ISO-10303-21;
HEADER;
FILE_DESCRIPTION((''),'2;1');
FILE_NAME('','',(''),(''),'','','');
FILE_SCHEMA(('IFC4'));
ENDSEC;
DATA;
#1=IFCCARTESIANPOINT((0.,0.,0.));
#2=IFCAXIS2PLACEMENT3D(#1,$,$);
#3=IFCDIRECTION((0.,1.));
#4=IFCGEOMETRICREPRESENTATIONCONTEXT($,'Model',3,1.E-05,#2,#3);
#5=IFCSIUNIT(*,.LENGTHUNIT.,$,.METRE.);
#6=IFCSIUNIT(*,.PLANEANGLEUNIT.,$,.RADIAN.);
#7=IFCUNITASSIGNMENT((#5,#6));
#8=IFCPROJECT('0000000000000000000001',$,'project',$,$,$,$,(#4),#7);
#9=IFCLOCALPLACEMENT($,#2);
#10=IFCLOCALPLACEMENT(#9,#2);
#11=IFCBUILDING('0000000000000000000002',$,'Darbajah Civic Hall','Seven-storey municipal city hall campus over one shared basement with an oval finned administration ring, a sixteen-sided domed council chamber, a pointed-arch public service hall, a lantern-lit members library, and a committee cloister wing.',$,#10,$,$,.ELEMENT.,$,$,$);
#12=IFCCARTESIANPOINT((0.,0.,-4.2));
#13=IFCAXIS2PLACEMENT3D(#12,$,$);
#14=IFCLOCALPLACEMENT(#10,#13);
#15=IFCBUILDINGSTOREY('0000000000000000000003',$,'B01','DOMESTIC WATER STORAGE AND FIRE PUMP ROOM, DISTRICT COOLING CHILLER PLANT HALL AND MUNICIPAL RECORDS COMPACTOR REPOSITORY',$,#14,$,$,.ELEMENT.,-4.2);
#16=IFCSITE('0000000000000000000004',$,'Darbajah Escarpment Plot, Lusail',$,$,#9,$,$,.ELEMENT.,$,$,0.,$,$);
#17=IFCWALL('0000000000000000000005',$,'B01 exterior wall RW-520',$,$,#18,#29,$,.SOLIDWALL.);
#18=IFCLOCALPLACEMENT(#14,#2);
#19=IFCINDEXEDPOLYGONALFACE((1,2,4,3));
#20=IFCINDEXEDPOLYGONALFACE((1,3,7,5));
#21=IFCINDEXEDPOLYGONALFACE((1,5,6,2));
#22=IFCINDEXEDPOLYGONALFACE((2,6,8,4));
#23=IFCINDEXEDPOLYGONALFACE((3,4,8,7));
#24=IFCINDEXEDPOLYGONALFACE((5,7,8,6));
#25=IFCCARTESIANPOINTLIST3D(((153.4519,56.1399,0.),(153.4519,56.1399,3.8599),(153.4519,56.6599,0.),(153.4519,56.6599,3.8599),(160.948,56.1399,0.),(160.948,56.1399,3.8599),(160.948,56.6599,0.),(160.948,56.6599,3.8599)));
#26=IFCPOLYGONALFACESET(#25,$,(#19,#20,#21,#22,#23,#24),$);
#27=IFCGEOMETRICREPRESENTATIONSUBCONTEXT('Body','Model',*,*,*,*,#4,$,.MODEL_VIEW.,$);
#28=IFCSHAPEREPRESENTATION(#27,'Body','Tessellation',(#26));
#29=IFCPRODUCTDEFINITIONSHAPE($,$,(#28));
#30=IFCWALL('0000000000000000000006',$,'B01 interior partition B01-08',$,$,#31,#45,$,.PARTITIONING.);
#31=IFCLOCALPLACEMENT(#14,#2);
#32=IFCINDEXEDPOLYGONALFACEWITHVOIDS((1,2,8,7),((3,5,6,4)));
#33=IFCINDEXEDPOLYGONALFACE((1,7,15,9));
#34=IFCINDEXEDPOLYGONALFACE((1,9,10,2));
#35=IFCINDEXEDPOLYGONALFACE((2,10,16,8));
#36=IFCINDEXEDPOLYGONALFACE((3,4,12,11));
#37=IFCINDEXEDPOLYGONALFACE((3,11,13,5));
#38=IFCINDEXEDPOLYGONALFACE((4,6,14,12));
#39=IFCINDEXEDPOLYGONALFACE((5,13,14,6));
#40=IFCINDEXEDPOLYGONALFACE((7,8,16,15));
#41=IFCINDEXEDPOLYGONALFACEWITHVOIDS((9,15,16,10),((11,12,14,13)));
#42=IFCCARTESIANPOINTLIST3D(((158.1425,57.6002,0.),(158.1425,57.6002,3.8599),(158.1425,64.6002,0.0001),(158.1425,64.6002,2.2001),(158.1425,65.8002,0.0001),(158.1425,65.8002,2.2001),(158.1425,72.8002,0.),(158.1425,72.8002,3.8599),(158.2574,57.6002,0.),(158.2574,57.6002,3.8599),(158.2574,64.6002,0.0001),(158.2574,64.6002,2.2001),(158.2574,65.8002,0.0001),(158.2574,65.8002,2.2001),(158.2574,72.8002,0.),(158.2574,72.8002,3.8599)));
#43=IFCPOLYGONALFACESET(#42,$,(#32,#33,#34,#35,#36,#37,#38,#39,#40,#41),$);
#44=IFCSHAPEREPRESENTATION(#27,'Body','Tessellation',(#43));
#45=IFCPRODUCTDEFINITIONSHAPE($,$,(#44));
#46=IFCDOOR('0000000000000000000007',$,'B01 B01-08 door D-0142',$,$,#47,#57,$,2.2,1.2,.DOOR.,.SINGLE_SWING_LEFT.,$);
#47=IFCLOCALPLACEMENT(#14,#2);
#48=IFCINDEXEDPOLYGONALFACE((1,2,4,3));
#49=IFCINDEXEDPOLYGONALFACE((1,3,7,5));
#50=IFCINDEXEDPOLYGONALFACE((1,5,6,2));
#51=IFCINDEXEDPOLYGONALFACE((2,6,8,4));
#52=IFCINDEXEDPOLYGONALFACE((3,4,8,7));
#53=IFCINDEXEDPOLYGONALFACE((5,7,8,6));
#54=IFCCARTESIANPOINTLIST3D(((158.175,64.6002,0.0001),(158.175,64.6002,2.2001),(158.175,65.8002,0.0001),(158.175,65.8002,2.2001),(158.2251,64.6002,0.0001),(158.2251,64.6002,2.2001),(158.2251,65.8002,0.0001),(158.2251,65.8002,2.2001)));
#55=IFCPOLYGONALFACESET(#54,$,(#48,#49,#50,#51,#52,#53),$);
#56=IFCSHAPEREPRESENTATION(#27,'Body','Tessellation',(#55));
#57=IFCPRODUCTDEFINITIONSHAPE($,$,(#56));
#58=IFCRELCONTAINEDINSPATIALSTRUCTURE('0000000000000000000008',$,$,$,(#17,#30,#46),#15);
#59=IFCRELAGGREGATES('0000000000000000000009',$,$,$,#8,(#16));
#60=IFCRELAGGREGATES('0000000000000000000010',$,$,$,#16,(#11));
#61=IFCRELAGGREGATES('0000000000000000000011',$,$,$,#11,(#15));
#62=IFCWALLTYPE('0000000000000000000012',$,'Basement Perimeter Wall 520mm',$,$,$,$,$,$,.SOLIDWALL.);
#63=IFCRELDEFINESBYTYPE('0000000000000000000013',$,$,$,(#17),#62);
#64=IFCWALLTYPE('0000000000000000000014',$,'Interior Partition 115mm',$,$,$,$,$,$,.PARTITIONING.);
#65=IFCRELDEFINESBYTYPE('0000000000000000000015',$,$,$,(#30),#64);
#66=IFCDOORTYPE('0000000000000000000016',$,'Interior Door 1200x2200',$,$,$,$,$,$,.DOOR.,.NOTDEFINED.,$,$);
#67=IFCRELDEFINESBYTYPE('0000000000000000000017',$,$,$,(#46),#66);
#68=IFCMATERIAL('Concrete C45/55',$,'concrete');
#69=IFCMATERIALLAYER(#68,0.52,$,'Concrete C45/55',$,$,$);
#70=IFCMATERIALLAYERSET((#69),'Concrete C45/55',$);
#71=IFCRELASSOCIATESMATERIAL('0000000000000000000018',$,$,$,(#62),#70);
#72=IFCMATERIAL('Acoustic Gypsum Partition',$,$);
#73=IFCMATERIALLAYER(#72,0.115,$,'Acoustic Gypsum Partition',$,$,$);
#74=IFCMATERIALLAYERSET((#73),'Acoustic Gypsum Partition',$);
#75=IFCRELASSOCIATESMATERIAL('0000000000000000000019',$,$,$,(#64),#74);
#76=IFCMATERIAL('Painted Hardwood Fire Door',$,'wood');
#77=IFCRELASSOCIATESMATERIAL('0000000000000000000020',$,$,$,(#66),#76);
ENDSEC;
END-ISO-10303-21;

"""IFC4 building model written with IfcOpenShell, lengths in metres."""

from ifc_helpers import new_model, si_unit, direction, frame, frame_2d, origin, place, context, subcontext, project, spatial, rectangle, extrude, material, layer, layer_set, type_object, element, fill, save


model = new_model("IFC4")

# Units and contexts
model_context = context("Model", 3, precision=1e-05, world=origin(), true_north=direction((0.0, 1.0)))
body_context = subcontext(model_context, "Body", "Model", "MODEL_VIEW")
ifc_project = project(units=[si_unit("LENGTHUNIT", "METRE"), si_unit("PLANEANGLEUNIT", "RADIAN")], contexts=[model_context])

# Site, building, storey
site_placement = place(None, origin())
site = spatial("IfcSite", under=ifc_project, at=site_placement, Name="Darbajah Escarpment Plot, Lusail", CompositionType="ELEMENT", RefElevation=0.0)
building_placement = place(site_placement, origin())
building = spatial("IfcBuilding", under=site, at=building_placement, Name="Darbajah Civic Hall", Description="Seven-storey municipal city hall campus over one shared basement with an oval finned administration ring, a sixteen-sided domed council chamber, a pointed-arch public service hall, a lantern-lit members library, and a committee cloister wing.", CompositionType="ELEMENT")
storey_placement = place(building_placement, frame((0.0, 0.0, -4.2)))
storey = spatial("IfcBuildingStorey", under=building, at=storey_placement, Name="B01", Description="DOMESTIC WATER STORAGE AND FIRE PUMP ROOM, DISTRICT COOLING CHILLER PLANT HALL AND MUNICIPAL RECORDS COMPACTOR REPOSITORY", CompositionType="ELEMENT", Elevation=-4.2)

# Shared definitions
ifc_material_1 = material(Name="Concrete C45/55", Category="concrete")

# Wall
ifc_layer_1 = layer(ifc_material_1, 0.52, Name="Concrete C45/55")
ifc_layer_set_1 = layer_set([ifc_layer_1], Name="Concrete C45/55")
wall_type_1 = type_object("IfcWallType", Name="Basement Perimeter Wall 520mm", PredefinedType="SOLIDWALL", material=ifc_layer_set_1)
wall_1_placement = place(storey_placement, frame((153.4519, 56.3999, 0.0), z_axis=(0.0, 0.0, 1.0), x_axis=(1.0, 0.0, 0.0)))
element("IfcWall", 1, at=wall_1_placement, inside=storey, type_object=wall_type_1, Name="B01 exterior wall RW-520", PredefinedType="SOLIDWALL", context=body_context, shape_type="SweptSolid", body=[
    extrude(rectangle(XDim=7.4961, YDim=0.52, at=frame_2d((3.748, 0.0))), origin(), (0.0, 0.0, 1.0), 3.8599),
])

# Wall, opening, door
ifc_material_2 = material(Name="Acoustic Gypsum Partition")
ifc_layer_2 = layer(ifc_material_2, 0.115, Name="Acoustic Gypsum Partition")
ifc_layer_set_2 = layer_set([ifc_layer_2], Name="Acoustic Gypsum Partition")
wall_type_2 = type_object("IfcWallType", Name="Interior Partition 115mm", PredefinedType="PARTITIONING", material=ifc_layer_set_2)
wall_2_placement = place(storey_placement, frame((158.2, 57.6001, 0.0), z_axis=(0.0, 0.0, 1.0), x_axis=(0.0, 1.0, 0.0)))
wall_2 = element("IfcWall", 2, at=wall_2_placement, inside=storey, type_object=wall_type_2, Name="B01 interior partition B01-08", PredefinedType="PARTITIONING", context=body_context, shape_type="SweptSolid", body=[
    extrude(rectangle(XDim=15.2, YDim=0.115, at=frame_2d((7.6001, 0.0))), origin(), (0.0, 0.0, 1.0), 3.8599),
])
opening_placement = place(wall_2_placement, frame((7.0, 0.0, 0.0)))
opening = element("IfcOpeningElement", 3, at=opening_placement, cuts=wall_2, PredefinedType="OPENING", context=body_context, shape_type="SweptSolid", body=[
    extrude(rectangle(XDim=1.2, YDim=2.2, at=frame_2d((0.6001, 1.1001))), frame((0.0, 0.0674, 0.0), z_axis=(0.0, -1.0, 0.0), x_axis=(1.0, 0.0, 0.0)), (0.0, 0.0, 1.0), 0.135),
])
ifc_material_3 = material(Name="Painted Hardwood Fire Door", Category="wood")
door_type = type_object("IfcDoorType", Name="Interior Door 1200x2200", OperationType="NOTDEFINED", PredefinedType="DOOR", material=ifc_material_3)
door_placement = place(opening_placement, origin())
door = element("IfcDoor", 4, at=door_placement, inside=storey, type_object=door_type, Name="B01 B01-08 door D-0142", OperationType="SINGLE_SWING_LEFT", OverallHeight=2.2, OverallWidth=1.2, PredefinedType="DOOR", context=body_context, shape_type="SweptSolid", body=[
    extrude(rectangle(XDim=1.2, YDim=2.2, at=frame_2d((0.6001, 1.1001))), frame((0.0, 0.0249, 0.0), z_axis=(0.0, -1.0, 0.0), x_axis=(1.0, 0.0, 0.0)), (0.0, 0.0, 1.0), 0.05),
])
fill(opening, door)

save(model, "model.ifc")
